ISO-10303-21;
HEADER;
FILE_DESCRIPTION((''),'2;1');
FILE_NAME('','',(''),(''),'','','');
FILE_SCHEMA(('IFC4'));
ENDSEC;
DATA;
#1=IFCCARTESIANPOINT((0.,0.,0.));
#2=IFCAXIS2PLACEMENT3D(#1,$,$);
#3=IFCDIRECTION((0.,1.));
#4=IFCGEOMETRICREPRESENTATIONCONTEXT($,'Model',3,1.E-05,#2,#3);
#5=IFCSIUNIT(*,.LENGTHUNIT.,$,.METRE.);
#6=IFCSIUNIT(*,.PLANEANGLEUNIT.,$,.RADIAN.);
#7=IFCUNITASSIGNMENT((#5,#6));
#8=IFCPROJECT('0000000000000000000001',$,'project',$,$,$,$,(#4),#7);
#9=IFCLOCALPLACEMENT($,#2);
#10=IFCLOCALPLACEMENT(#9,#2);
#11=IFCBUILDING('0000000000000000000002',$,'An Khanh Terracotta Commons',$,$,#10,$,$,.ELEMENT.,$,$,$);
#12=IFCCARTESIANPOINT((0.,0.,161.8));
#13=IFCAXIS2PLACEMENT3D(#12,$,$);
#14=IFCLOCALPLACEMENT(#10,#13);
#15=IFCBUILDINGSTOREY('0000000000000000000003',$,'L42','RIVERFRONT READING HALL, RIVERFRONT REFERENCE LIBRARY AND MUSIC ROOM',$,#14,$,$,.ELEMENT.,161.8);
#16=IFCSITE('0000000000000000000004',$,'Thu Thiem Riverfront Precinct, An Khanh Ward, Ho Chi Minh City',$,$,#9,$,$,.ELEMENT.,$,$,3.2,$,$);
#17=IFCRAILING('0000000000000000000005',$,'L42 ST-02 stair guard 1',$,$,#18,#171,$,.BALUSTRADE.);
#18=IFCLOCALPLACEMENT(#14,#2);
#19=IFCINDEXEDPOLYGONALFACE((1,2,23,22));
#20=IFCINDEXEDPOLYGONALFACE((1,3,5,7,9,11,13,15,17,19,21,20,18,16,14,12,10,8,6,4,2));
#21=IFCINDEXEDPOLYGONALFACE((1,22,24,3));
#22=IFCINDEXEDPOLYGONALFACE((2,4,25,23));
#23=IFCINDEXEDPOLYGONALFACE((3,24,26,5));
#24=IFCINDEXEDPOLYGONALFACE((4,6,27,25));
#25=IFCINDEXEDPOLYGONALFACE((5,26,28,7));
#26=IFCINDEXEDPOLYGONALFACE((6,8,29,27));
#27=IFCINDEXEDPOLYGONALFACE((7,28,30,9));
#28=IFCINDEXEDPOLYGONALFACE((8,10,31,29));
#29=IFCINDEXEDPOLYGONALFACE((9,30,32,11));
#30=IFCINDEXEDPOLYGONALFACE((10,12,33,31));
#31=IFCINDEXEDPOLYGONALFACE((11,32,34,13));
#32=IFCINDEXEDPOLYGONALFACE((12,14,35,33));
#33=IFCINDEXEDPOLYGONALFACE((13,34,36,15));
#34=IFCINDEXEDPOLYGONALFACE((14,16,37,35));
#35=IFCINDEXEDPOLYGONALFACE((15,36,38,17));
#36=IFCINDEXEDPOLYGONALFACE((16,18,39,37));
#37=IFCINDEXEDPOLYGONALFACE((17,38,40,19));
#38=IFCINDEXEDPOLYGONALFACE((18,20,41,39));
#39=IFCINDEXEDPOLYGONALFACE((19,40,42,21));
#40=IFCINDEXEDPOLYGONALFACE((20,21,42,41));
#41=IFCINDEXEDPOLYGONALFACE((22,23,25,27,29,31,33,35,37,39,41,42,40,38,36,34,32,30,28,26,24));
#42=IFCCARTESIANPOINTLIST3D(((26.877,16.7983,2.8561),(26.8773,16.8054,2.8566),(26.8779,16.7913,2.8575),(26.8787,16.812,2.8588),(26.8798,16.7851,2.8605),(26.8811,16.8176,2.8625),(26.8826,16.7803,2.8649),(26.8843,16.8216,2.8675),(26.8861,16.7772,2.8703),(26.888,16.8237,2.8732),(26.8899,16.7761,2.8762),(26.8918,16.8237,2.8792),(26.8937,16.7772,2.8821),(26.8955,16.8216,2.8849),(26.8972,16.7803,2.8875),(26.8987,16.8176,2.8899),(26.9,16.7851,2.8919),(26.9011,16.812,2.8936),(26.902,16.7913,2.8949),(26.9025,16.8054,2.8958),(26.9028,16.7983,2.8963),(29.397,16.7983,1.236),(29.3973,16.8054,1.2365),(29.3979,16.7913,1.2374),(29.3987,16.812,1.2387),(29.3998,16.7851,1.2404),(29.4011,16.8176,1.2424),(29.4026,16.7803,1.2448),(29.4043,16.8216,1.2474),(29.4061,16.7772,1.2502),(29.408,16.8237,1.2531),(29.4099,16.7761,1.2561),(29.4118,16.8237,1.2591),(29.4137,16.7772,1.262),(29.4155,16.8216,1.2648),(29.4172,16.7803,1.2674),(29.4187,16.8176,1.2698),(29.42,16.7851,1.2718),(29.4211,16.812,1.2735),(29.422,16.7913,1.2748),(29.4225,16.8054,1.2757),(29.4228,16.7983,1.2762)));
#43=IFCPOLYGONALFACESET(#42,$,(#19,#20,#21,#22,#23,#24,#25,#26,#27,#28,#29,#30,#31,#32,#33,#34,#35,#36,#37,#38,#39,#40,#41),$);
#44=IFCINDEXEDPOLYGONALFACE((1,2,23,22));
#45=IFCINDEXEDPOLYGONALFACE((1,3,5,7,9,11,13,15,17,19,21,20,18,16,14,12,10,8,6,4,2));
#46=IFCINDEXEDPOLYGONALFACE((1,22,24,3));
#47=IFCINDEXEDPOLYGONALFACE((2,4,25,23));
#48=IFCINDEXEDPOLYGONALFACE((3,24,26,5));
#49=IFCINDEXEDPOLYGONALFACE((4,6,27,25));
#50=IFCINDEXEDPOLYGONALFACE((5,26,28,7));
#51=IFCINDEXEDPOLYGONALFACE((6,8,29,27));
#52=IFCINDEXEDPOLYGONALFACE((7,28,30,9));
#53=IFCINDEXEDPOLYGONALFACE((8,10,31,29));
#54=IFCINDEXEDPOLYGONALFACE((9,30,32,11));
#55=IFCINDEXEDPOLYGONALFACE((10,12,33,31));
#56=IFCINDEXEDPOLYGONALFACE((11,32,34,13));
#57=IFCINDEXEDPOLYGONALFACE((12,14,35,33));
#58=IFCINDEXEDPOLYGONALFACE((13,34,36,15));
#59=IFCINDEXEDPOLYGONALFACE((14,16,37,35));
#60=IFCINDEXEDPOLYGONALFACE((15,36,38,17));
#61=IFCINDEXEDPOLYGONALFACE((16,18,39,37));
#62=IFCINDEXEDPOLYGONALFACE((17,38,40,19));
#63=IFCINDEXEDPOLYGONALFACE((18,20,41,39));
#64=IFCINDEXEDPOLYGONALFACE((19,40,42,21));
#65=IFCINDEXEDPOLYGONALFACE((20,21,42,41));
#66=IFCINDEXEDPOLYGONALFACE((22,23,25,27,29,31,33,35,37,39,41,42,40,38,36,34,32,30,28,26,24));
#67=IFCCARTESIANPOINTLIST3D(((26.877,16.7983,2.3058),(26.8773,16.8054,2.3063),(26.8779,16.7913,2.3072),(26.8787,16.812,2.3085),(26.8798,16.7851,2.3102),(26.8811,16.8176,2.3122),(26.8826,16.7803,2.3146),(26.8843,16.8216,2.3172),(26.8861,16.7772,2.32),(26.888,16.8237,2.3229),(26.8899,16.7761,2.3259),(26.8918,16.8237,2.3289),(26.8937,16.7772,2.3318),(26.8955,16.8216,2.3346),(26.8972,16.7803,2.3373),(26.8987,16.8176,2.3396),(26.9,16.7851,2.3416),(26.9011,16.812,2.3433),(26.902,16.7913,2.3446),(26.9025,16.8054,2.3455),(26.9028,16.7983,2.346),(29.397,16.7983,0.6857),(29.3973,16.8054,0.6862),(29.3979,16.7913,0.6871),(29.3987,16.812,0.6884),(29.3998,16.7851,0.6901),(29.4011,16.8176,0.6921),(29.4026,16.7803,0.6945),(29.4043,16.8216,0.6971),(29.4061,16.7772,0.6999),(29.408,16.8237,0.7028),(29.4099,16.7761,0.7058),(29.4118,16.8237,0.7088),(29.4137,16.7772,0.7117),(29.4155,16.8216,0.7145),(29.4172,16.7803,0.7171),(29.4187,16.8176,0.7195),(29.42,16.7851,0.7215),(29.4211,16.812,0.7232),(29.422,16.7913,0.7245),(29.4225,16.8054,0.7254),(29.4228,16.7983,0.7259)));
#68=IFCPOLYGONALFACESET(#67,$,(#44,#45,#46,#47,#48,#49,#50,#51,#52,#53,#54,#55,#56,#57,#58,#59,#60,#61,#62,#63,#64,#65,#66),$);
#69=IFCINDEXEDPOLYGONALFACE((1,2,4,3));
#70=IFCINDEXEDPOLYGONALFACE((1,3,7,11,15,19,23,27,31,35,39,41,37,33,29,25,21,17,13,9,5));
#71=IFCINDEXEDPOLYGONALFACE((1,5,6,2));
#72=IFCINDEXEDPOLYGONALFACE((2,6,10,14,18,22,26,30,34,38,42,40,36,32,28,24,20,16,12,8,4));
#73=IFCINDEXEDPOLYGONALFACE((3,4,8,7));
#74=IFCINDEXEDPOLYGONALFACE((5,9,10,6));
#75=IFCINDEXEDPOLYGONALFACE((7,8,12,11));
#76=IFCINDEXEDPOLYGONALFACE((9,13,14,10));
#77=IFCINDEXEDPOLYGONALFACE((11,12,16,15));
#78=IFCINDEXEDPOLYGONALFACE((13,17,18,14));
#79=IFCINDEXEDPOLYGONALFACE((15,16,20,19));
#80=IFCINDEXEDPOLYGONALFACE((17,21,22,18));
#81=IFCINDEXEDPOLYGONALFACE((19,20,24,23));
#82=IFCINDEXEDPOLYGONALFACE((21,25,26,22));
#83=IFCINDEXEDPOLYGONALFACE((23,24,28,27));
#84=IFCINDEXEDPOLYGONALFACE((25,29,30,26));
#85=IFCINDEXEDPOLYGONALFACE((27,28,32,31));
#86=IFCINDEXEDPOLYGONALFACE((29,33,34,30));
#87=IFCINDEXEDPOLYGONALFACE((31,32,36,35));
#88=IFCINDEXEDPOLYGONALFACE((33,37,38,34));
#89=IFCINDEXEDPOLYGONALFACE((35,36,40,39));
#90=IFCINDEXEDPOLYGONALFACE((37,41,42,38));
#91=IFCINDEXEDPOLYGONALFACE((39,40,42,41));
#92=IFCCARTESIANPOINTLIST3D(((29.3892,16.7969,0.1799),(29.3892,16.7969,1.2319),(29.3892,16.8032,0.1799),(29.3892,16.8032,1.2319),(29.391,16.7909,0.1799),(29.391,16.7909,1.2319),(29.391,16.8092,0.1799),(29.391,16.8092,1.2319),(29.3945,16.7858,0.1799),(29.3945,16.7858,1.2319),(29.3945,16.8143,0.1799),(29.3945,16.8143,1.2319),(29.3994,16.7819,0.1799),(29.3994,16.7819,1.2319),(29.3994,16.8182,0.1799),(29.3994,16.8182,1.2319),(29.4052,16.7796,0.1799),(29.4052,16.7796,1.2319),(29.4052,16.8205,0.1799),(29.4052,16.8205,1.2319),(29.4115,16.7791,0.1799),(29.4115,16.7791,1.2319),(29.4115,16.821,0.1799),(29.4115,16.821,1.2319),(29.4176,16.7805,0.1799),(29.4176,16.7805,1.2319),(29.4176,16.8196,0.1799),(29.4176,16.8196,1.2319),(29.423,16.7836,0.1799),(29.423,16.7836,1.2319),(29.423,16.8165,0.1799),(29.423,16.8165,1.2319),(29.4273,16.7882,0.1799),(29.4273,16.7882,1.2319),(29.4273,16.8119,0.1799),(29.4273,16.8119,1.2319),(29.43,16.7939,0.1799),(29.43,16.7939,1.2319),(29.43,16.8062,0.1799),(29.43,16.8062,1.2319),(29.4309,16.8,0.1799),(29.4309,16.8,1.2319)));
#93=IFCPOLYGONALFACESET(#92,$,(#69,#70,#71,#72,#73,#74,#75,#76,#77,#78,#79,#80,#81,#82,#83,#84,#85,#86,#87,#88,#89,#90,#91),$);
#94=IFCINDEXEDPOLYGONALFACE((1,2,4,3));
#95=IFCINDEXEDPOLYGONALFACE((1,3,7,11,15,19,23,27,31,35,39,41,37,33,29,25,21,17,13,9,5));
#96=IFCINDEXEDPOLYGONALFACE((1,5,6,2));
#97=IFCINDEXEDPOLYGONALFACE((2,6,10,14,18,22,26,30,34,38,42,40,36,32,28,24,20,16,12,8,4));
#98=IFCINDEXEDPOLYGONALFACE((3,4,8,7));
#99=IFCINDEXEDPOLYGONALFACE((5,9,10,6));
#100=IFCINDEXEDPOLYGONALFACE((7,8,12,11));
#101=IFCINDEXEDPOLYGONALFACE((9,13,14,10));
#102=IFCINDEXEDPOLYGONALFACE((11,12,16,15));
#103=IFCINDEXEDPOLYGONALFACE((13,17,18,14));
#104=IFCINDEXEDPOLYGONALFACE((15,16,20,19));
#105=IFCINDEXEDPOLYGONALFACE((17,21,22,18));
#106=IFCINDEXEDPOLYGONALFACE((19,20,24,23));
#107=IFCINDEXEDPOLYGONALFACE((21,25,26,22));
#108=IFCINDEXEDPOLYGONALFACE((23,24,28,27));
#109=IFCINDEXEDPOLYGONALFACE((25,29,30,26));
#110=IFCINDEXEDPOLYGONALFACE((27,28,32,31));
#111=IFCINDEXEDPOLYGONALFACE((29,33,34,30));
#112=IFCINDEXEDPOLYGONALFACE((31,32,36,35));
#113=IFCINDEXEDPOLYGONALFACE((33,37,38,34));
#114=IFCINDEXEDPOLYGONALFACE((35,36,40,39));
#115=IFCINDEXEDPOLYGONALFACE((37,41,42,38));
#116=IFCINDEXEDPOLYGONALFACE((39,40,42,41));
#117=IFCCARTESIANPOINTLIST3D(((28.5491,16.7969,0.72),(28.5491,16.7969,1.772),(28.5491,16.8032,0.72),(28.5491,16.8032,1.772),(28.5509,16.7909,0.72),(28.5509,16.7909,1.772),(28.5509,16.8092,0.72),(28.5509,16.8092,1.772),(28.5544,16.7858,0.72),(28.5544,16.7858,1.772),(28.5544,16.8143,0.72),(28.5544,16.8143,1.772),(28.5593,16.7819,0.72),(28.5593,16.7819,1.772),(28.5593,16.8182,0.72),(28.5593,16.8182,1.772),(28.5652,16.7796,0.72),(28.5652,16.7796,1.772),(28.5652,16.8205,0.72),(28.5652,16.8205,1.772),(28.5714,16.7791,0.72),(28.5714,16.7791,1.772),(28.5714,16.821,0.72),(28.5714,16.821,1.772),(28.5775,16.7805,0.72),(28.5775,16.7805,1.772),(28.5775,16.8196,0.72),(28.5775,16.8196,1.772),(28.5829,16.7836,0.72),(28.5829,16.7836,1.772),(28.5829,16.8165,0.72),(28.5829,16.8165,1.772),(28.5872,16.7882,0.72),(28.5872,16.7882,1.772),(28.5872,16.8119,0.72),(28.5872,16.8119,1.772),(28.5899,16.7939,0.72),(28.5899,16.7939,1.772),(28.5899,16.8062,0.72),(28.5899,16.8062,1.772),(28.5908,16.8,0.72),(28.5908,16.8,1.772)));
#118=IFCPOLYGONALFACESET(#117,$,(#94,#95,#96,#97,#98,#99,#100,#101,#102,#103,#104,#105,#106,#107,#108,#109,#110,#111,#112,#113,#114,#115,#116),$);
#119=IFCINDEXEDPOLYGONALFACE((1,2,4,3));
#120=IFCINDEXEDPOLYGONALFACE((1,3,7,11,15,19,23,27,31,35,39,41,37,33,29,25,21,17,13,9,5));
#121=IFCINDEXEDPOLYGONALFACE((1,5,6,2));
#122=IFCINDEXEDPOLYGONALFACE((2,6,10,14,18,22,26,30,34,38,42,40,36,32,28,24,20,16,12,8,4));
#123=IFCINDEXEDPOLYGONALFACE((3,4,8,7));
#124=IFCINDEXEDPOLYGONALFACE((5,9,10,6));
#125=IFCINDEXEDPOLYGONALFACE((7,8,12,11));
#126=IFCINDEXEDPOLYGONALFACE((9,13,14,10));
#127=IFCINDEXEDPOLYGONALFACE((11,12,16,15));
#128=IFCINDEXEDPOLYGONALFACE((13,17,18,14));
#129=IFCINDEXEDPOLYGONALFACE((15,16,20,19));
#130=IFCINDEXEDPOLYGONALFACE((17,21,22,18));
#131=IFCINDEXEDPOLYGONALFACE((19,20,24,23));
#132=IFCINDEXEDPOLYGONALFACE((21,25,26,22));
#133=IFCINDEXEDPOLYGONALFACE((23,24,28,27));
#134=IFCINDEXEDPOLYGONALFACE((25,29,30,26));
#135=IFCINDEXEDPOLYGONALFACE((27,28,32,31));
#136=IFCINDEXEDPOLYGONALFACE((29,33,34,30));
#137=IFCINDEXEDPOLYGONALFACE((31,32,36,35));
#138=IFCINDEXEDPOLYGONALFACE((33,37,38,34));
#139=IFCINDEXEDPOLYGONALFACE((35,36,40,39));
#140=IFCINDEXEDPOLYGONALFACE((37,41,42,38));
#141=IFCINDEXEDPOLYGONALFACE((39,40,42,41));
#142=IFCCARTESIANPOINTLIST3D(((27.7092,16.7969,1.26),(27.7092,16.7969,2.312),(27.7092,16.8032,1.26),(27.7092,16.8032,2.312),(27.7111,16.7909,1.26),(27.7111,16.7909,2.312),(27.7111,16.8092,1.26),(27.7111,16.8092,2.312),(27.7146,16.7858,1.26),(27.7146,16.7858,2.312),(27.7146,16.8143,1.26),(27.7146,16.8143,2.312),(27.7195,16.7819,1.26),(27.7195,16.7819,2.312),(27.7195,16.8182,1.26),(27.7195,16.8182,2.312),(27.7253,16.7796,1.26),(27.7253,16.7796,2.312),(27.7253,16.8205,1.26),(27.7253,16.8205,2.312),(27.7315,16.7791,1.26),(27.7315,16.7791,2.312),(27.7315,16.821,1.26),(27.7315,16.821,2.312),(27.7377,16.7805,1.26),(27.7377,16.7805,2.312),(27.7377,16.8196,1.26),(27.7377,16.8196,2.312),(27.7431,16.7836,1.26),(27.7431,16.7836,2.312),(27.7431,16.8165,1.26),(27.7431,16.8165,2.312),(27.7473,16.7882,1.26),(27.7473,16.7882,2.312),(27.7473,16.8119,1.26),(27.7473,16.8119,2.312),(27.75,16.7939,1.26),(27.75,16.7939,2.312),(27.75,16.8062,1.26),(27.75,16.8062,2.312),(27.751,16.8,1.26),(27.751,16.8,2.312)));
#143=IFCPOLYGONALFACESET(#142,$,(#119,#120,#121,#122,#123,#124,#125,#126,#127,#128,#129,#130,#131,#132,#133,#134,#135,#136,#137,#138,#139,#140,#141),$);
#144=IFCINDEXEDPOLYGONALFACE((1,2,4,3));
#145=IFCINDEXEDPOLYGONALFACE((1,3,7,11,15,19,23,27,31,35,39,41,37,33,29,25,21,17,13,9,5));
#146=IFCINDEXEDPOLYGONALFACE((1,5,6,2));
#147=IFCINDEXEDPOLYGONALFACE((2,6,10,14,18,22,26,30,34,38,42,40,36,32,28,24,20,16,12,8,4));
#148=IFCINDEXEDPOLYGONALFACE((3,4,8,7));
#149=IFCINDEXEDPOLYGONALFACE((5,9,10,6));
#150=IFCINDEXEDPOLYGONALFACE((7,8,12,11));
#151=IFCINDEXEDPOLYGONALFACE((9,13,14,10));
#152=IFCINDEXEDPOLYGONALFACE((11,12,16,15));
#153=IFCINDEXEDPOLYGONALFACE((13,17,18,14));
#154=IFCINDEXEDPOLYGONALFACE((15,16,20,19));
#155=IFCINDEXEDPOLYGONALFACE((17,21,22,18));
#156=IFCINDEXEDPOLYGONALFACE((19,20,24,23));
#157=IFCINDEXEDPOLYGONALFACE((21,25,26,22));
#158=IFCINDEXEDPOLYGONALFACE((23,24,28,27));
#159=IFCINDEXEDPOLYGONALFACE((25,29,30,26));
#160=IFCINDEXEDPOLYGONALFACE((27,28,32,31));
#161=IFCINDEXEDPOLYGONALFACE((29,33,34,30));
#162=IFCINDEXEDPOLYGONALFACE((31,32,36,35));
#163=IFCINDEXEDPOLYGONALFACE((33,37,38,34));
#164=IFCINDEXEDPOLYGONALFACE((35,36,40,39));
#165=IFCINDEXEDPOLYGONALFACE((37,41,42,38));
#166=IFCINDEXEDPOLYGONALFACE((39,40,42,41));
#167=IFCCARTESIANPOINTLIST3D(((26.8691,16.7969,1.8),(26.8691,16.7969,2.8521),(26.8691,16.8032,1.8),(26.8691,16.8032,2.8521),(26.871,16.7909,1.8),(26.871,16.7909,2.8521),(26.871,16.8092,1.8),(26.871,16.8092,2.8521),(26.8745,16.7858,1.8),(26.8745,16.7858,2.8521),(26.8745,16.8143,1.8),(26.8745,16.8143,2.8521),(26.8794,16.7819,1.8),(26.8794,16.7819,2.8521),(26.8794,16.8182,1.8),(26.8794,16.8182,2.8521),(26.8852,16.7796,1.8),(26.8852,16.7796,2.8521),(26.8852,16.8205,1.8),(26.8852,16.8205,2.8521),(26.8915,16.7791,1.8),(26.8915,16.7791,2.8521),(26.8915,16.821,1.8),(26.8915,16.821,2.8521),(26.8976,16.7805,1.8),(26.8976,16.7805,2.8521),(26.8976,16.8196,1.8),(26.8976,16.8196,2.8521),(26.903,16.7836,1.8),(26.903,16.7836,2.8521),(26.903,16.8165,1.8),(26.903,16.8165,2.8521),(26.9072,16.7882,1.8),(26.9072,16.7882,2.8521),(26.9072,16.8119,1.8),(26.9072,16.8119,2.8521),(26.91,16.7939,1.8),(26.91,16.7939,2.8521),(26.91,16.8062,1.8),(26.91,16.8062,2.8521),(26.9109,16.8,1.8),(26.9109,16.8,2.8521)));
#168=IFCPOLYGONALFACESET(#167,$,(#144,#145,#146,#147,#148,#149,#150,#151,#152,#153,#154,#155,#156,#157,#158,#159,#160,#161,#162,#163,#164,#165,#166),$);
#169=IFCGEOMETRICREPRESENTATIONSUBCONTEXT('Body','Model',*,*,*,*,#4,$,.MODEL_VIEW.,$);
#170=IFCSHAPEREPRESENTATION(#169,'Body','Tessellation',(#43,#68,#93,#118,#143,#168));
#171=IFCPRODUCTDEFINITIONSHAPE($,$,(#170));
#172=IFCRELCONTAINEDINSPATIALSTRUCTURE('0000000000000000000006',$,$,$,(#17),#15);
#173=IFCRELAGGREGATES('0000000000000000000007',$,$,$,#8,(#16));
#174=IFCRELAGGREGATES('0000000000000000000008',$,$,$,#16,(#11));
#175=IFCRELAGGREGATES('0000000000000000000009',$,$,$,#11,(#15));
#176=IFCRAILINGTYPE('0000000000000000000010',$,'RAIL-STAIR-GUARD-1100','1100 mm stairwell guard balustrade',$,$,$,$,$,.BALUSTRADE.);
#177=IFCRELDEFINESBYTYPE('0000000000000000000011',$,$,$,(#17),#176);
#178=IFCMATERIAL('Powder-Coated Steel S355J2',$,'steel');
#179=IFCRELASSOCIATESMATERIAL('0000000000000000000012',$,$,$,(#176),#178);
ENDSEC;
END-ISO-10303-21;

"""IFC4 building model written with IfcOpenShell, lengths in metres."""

from ifc_helpers import new_model, si_unit, direction, frame, origin, origin_2d, place, context, subcontext, project, spatial, circle, extrude, material, type_object, element, save


model = new_model("IFC4")

# Units and contexts
model_context = context("Model", 3, precision=1e-05, world=origin(), true_north=direction((0.0, 1.0)))
body_context = subcontext(model_context, "Body", "Model", "MODEL_VIEW")
ifc_project = project(units=[si_unit("LENGTHUNIT", "METRE"), si_unit("PLANEANGLEUNIT", "RADIAN")], contexts=[model_context])

# Site, building, storey
site_placement = place(None, origin())
site = spatial("IfcSite", under=ifc_project, at=site_placement, Name="Thu Thiem Riverfront Precinct, An Khanh Ward, Ho Chi Minh City", CompositionType="ELEMENT", RefElevation=3.2)
building_placement = place(site_placement, origin())
building = spatial("IfcBuilding", under=site, at=building_placement, Name="An Khanh Terracotta Commons", CompositionType="ELEMENT")
storey_placement = place(building_placement, frame((0.0, 0.0, 161.8)))
storey = spatial("IfcBuildingStorey", under=building, at=storey_placement, Name="L42", Description="RIVERFRONT READING HALL, RIVERFRONT REFERENCE LIBRARY AND MUSIC ROOM", CompositionType="ELEMENT", Elevation=161.8)

# Railing
ifc_material_1 = material(Name="Powder-Coated Steel S355J2", Category="steel")
railing_type_1 = type_object("IfcRailingType", Name="RAIL-STAIR-GUARD-1100", Description="1100 mm stairwell guard balustrade", PredefinedType="BALUSTRADE", material=ifc_material_1)
railing_1_placement = place(storey_placement, frame((29.4099, 16.8, 0.1799)))
element("IfcRailing", 1, at=railing_1_placement, inside=storey, type_object=railing_type_1, Name="L42 ST-02 stair guard 1", PredefinedType="BALUSTRADE", context=body_context, shape_type="SweptSolid", body=[
    extrude(circle(Radius=0.0239, at=origin_2d()), frame((0.0, 0.0, 1.0762), z_axis=(-0.841163, 0.0, 0.540782), x_axis=(0.0, -1.0, 0.0)), (0.0, 0.0, 1.0), 2.9958),
    extrude(circle(Radius=0.0239, at=origin_2d()), frame((0.0, 0.0, 0.5259), z_axis=(-0.841163, 0.0, 0.540782), x_axis=(0.0, -1.0, 0.0)), (0.0, 0.0, 1.0), 2.9958),
    extrude(circle(Radius=0.021, at=origin_2d()), origin(), (0.0, 0.0, 1.0), 1.052),
    extrude(circle(Radius=0.021, at=origin_2d()), frame((-0.8401, 0.0, 0.54)), (0.0, 0.0, 1.0), 1.052),
    extrude(circle(Radius=0.021, at=origin_2d()), frame((-1.6799, 0.0, 1.0801)), (0.0, 0.0, 1.0), 1.052),
    extrude(circle(Radius=0.021, at=origin_2d()), frame((-2.52, 0.0, 1.6201)), (0.0, 0.0, 1.0), 1.052),
])

save(model, "model.ifc")
